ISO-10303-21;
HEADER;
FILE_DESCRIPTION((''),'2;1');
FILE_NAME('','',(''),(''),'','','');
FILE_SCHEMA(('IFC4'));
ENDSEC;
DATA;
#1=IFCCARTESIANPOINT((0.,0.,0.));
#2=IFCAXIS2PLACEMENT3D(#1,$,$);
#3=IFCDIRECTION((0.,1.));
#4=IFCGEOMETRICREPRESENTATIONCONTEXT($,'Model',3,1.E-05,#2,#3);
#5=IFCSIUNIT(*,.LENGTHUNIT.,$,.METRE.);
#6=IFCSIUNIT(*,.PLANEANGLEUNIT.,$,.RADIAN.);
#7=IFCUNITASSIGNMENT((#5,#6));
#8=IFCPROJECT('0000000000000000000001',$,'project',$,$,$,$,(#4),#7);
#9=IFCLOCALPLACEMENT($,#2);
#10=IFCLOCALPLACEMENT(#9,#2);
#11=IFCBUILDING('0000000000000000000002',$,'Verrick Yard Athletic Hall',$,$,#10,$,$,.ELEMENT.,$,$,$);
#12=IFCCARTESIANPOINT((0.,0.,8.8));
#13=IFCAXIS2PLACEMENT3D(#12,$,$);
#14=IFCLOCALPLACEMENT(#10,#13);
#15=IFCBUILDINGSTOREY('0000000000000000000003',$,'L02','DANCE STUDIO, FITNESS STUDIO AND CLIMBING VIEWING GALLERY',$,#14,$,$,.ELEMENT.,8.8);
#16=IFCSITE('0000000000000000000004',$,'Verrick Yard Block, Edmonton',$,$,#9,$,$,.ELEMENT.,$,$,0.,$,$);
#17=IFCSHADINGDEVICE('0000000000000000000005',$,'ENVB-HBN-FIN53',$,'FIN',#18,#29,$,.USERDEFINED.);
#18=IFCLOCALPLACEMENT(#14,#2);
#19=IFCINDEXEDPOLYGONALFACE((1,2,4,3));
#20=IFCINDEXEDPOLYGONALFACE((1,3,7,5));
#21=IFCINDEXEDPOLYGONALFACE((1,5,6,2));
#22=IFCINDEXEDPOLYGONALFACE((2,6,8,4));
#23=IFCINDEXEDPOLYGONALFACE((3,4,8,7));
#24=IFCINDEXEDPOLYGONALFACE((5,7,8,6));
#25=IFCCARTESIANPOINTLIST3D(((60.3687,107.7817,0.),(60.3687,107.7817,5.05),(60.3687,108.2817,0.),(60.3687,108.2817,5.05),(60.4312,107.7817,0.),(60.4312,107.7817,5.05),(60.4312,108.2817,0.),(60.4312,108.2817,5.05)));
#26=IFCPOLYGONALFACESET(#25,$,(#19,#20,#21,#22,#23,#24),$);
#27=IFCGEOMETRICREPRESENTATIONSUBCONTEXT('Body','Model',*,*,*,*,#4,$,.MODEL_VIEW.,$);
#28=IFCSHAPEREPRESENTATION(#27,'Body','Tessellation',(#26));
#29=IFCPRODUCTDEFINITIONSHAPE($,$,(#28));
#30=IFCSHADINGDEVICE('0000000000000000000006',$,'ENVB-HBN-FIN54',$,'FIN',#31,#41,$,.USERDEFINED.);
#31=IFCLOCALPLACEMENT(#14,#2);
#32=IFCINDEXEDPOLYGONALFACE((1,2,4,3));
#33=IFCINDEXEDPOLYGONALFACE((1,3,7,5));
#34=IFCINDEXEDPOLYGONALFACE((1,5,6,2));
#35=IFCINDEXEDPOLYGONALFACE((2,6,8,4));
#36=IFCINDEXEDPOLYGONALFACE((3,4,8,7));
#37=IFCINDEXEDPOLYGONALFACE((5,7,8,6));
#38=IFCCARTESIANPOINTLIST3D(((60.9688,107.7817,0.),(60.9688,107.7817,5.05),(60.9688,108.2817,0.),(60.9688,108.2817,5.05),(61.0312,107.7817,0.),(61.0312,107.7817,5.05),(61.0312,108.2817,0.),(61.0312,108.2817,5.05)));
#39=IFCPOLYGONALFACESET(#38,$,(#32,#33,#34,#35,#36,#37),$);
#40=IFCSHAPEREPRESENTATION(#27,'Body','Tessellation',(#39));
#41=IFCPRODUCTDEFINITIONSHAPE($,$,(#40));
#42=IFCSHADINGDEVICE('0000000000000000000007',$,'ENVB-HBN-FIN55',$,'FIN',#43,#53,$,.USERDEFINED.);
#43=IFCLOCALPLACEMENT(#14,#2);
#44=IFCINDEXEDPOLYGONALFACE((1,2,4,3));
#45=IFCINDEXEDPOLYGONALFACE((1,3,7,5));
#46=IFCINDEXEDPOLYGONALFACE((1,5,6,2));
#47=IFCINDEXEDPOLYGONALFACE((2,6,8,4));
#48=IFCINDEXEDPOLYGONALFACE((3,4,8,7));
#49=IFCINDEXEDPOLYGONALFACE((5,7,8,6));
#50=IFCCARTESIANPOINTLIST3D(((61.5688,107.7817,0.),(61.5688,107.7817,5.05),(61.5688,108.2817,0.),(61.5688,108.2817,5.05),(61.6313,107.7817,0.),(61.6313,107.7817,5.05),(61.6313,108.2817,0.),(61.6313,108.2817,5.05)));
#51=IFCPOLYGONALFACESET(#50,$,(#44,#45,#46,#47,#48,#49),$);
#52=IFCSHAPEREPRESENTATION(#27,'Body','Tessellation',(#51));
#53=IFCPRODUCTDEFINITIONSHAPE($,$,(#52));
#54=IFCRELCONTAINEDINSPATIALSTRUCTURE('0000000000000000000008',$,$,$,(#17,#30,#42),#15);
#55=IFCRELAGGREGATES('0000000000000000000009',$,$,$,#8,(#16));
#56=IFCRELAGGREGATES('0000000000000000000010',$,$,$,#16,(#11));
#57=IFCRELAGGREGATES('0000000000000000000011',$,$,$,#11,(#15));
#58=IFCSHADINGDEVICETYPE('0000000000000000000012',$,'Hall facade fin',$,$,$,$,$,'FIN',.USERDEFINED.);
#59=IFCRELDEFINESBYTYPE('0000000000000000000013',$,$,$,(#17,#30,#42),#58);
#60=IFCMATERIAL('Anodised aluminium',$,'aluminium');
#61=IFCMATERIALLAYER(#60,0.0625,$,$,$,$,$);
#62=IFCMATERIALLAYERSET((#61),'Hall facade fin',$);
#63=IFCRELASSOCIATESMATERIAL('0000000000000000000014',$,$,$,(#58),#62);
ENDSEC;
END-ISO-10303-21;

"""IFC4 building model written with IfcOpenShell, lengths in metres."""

from ifc_helpers import new_model, si_unit, direction, frame, origin, place, context, subcontext, project, spatial, polyline, outline, extrude, material, layer, layer_set, type_object, element, save


model = new_model("IFC4")

# Units and contexts
model_context = context("Model", 3, precision=1e-05, world=origin(), true_north=direction((0.0, 1.0)))
body_context = subcontext(model_context, "Body", "Model", "MODEL_VIEW")
ifc_project = project(units=[si_unit("LENGTHUNIT", "METRE"), si_unit("PLANEANGLEUNIT", "RADIAN")], contexts=[model_context])

# Site, building, storey
site_placement = place(None, origin())
site = spatial("IfcSite", under=ifc_project, at=site_placement, Name="Verrick Yard Block, Edmonton", CompositionType="ELEMENT", RefElevation=0.0)
building_placement = place(site_placement, origin())
building = spatial("IfcBuilding", under=site, at=building_placement, Name="Verrick Yard Athletic Hall", CompositionType="ELEMENT")
storey_placement = place(building_placement, frame((0.0, 0.0, 8.8)))
storey = spatial("IfcBuildingStorey", under=building, at=storey_placement, Name="L02", Description="DANCE STUDIO, FITNESS STUDIO AND CLIMBING VIEWING GALLERY", CompositionType="ELEMENT", Elevation=8.8)

# Shared definitions
ifc_material_1 = material(Name="Anodised aluminium", Category="aluminium")

# Shading devices
ifc_layer_1 = layer(ifc_material_1, 0.0625)
ifc_layer_set_1 = layer_set([ifc_layer_1], Name="Hall facade fin")
shading_device_type = type_object("IfcShadingDeviceType", Name="Hall facade fin", ElementType="FIN", PredefinedType="USERDEFINED", material=ifc_layer_set_1)
for number, where, z_axis, x_axis, name in (
    (1, (60.3999, 107.7817, 0.0), (0.0, 0.0, 1.0), (0.0, 1.0, 0.0), "ENVB-HBN-FIN53"),
    (2, (61.0, 107.7817, 0.0), (0.0, 0.0, 1.0), (0.0, 1.0, 0.0), "ENVB-HBN-FIN54"),
    (3, (61.6001, 107.7817, 0.0), (0.0, 0.0, 1.0), (0.0, 1.0, 0.0), "ENVB-HBN-FIN55"),
):
    element("IfcShadingDevice", number, at=place(storey_placement, frame(where, z_axis=z_axis, x_axis=x_axis)), inside=storey, type_object=shading_device_type, Name=name, ObjectType="FIN", PredefinedType="USERDEFINED", context=body_context, shape_type="SweptSolid", body=[
        extrude(outline(polyline([(0.0, 0.0), (0.5, 0.0), (0.5, 5.05), (0.0, 5.05), (0.0, 0.0)])), frame((0.0, 0.0312, 0.0), z_axis=(0.0, -1.0, 0.0), x_axis=(1.0, 0.0, 0.0)), (0.0, 0.0, 1.0), 0.0625),
    ])

save(model, "model.ifc")
